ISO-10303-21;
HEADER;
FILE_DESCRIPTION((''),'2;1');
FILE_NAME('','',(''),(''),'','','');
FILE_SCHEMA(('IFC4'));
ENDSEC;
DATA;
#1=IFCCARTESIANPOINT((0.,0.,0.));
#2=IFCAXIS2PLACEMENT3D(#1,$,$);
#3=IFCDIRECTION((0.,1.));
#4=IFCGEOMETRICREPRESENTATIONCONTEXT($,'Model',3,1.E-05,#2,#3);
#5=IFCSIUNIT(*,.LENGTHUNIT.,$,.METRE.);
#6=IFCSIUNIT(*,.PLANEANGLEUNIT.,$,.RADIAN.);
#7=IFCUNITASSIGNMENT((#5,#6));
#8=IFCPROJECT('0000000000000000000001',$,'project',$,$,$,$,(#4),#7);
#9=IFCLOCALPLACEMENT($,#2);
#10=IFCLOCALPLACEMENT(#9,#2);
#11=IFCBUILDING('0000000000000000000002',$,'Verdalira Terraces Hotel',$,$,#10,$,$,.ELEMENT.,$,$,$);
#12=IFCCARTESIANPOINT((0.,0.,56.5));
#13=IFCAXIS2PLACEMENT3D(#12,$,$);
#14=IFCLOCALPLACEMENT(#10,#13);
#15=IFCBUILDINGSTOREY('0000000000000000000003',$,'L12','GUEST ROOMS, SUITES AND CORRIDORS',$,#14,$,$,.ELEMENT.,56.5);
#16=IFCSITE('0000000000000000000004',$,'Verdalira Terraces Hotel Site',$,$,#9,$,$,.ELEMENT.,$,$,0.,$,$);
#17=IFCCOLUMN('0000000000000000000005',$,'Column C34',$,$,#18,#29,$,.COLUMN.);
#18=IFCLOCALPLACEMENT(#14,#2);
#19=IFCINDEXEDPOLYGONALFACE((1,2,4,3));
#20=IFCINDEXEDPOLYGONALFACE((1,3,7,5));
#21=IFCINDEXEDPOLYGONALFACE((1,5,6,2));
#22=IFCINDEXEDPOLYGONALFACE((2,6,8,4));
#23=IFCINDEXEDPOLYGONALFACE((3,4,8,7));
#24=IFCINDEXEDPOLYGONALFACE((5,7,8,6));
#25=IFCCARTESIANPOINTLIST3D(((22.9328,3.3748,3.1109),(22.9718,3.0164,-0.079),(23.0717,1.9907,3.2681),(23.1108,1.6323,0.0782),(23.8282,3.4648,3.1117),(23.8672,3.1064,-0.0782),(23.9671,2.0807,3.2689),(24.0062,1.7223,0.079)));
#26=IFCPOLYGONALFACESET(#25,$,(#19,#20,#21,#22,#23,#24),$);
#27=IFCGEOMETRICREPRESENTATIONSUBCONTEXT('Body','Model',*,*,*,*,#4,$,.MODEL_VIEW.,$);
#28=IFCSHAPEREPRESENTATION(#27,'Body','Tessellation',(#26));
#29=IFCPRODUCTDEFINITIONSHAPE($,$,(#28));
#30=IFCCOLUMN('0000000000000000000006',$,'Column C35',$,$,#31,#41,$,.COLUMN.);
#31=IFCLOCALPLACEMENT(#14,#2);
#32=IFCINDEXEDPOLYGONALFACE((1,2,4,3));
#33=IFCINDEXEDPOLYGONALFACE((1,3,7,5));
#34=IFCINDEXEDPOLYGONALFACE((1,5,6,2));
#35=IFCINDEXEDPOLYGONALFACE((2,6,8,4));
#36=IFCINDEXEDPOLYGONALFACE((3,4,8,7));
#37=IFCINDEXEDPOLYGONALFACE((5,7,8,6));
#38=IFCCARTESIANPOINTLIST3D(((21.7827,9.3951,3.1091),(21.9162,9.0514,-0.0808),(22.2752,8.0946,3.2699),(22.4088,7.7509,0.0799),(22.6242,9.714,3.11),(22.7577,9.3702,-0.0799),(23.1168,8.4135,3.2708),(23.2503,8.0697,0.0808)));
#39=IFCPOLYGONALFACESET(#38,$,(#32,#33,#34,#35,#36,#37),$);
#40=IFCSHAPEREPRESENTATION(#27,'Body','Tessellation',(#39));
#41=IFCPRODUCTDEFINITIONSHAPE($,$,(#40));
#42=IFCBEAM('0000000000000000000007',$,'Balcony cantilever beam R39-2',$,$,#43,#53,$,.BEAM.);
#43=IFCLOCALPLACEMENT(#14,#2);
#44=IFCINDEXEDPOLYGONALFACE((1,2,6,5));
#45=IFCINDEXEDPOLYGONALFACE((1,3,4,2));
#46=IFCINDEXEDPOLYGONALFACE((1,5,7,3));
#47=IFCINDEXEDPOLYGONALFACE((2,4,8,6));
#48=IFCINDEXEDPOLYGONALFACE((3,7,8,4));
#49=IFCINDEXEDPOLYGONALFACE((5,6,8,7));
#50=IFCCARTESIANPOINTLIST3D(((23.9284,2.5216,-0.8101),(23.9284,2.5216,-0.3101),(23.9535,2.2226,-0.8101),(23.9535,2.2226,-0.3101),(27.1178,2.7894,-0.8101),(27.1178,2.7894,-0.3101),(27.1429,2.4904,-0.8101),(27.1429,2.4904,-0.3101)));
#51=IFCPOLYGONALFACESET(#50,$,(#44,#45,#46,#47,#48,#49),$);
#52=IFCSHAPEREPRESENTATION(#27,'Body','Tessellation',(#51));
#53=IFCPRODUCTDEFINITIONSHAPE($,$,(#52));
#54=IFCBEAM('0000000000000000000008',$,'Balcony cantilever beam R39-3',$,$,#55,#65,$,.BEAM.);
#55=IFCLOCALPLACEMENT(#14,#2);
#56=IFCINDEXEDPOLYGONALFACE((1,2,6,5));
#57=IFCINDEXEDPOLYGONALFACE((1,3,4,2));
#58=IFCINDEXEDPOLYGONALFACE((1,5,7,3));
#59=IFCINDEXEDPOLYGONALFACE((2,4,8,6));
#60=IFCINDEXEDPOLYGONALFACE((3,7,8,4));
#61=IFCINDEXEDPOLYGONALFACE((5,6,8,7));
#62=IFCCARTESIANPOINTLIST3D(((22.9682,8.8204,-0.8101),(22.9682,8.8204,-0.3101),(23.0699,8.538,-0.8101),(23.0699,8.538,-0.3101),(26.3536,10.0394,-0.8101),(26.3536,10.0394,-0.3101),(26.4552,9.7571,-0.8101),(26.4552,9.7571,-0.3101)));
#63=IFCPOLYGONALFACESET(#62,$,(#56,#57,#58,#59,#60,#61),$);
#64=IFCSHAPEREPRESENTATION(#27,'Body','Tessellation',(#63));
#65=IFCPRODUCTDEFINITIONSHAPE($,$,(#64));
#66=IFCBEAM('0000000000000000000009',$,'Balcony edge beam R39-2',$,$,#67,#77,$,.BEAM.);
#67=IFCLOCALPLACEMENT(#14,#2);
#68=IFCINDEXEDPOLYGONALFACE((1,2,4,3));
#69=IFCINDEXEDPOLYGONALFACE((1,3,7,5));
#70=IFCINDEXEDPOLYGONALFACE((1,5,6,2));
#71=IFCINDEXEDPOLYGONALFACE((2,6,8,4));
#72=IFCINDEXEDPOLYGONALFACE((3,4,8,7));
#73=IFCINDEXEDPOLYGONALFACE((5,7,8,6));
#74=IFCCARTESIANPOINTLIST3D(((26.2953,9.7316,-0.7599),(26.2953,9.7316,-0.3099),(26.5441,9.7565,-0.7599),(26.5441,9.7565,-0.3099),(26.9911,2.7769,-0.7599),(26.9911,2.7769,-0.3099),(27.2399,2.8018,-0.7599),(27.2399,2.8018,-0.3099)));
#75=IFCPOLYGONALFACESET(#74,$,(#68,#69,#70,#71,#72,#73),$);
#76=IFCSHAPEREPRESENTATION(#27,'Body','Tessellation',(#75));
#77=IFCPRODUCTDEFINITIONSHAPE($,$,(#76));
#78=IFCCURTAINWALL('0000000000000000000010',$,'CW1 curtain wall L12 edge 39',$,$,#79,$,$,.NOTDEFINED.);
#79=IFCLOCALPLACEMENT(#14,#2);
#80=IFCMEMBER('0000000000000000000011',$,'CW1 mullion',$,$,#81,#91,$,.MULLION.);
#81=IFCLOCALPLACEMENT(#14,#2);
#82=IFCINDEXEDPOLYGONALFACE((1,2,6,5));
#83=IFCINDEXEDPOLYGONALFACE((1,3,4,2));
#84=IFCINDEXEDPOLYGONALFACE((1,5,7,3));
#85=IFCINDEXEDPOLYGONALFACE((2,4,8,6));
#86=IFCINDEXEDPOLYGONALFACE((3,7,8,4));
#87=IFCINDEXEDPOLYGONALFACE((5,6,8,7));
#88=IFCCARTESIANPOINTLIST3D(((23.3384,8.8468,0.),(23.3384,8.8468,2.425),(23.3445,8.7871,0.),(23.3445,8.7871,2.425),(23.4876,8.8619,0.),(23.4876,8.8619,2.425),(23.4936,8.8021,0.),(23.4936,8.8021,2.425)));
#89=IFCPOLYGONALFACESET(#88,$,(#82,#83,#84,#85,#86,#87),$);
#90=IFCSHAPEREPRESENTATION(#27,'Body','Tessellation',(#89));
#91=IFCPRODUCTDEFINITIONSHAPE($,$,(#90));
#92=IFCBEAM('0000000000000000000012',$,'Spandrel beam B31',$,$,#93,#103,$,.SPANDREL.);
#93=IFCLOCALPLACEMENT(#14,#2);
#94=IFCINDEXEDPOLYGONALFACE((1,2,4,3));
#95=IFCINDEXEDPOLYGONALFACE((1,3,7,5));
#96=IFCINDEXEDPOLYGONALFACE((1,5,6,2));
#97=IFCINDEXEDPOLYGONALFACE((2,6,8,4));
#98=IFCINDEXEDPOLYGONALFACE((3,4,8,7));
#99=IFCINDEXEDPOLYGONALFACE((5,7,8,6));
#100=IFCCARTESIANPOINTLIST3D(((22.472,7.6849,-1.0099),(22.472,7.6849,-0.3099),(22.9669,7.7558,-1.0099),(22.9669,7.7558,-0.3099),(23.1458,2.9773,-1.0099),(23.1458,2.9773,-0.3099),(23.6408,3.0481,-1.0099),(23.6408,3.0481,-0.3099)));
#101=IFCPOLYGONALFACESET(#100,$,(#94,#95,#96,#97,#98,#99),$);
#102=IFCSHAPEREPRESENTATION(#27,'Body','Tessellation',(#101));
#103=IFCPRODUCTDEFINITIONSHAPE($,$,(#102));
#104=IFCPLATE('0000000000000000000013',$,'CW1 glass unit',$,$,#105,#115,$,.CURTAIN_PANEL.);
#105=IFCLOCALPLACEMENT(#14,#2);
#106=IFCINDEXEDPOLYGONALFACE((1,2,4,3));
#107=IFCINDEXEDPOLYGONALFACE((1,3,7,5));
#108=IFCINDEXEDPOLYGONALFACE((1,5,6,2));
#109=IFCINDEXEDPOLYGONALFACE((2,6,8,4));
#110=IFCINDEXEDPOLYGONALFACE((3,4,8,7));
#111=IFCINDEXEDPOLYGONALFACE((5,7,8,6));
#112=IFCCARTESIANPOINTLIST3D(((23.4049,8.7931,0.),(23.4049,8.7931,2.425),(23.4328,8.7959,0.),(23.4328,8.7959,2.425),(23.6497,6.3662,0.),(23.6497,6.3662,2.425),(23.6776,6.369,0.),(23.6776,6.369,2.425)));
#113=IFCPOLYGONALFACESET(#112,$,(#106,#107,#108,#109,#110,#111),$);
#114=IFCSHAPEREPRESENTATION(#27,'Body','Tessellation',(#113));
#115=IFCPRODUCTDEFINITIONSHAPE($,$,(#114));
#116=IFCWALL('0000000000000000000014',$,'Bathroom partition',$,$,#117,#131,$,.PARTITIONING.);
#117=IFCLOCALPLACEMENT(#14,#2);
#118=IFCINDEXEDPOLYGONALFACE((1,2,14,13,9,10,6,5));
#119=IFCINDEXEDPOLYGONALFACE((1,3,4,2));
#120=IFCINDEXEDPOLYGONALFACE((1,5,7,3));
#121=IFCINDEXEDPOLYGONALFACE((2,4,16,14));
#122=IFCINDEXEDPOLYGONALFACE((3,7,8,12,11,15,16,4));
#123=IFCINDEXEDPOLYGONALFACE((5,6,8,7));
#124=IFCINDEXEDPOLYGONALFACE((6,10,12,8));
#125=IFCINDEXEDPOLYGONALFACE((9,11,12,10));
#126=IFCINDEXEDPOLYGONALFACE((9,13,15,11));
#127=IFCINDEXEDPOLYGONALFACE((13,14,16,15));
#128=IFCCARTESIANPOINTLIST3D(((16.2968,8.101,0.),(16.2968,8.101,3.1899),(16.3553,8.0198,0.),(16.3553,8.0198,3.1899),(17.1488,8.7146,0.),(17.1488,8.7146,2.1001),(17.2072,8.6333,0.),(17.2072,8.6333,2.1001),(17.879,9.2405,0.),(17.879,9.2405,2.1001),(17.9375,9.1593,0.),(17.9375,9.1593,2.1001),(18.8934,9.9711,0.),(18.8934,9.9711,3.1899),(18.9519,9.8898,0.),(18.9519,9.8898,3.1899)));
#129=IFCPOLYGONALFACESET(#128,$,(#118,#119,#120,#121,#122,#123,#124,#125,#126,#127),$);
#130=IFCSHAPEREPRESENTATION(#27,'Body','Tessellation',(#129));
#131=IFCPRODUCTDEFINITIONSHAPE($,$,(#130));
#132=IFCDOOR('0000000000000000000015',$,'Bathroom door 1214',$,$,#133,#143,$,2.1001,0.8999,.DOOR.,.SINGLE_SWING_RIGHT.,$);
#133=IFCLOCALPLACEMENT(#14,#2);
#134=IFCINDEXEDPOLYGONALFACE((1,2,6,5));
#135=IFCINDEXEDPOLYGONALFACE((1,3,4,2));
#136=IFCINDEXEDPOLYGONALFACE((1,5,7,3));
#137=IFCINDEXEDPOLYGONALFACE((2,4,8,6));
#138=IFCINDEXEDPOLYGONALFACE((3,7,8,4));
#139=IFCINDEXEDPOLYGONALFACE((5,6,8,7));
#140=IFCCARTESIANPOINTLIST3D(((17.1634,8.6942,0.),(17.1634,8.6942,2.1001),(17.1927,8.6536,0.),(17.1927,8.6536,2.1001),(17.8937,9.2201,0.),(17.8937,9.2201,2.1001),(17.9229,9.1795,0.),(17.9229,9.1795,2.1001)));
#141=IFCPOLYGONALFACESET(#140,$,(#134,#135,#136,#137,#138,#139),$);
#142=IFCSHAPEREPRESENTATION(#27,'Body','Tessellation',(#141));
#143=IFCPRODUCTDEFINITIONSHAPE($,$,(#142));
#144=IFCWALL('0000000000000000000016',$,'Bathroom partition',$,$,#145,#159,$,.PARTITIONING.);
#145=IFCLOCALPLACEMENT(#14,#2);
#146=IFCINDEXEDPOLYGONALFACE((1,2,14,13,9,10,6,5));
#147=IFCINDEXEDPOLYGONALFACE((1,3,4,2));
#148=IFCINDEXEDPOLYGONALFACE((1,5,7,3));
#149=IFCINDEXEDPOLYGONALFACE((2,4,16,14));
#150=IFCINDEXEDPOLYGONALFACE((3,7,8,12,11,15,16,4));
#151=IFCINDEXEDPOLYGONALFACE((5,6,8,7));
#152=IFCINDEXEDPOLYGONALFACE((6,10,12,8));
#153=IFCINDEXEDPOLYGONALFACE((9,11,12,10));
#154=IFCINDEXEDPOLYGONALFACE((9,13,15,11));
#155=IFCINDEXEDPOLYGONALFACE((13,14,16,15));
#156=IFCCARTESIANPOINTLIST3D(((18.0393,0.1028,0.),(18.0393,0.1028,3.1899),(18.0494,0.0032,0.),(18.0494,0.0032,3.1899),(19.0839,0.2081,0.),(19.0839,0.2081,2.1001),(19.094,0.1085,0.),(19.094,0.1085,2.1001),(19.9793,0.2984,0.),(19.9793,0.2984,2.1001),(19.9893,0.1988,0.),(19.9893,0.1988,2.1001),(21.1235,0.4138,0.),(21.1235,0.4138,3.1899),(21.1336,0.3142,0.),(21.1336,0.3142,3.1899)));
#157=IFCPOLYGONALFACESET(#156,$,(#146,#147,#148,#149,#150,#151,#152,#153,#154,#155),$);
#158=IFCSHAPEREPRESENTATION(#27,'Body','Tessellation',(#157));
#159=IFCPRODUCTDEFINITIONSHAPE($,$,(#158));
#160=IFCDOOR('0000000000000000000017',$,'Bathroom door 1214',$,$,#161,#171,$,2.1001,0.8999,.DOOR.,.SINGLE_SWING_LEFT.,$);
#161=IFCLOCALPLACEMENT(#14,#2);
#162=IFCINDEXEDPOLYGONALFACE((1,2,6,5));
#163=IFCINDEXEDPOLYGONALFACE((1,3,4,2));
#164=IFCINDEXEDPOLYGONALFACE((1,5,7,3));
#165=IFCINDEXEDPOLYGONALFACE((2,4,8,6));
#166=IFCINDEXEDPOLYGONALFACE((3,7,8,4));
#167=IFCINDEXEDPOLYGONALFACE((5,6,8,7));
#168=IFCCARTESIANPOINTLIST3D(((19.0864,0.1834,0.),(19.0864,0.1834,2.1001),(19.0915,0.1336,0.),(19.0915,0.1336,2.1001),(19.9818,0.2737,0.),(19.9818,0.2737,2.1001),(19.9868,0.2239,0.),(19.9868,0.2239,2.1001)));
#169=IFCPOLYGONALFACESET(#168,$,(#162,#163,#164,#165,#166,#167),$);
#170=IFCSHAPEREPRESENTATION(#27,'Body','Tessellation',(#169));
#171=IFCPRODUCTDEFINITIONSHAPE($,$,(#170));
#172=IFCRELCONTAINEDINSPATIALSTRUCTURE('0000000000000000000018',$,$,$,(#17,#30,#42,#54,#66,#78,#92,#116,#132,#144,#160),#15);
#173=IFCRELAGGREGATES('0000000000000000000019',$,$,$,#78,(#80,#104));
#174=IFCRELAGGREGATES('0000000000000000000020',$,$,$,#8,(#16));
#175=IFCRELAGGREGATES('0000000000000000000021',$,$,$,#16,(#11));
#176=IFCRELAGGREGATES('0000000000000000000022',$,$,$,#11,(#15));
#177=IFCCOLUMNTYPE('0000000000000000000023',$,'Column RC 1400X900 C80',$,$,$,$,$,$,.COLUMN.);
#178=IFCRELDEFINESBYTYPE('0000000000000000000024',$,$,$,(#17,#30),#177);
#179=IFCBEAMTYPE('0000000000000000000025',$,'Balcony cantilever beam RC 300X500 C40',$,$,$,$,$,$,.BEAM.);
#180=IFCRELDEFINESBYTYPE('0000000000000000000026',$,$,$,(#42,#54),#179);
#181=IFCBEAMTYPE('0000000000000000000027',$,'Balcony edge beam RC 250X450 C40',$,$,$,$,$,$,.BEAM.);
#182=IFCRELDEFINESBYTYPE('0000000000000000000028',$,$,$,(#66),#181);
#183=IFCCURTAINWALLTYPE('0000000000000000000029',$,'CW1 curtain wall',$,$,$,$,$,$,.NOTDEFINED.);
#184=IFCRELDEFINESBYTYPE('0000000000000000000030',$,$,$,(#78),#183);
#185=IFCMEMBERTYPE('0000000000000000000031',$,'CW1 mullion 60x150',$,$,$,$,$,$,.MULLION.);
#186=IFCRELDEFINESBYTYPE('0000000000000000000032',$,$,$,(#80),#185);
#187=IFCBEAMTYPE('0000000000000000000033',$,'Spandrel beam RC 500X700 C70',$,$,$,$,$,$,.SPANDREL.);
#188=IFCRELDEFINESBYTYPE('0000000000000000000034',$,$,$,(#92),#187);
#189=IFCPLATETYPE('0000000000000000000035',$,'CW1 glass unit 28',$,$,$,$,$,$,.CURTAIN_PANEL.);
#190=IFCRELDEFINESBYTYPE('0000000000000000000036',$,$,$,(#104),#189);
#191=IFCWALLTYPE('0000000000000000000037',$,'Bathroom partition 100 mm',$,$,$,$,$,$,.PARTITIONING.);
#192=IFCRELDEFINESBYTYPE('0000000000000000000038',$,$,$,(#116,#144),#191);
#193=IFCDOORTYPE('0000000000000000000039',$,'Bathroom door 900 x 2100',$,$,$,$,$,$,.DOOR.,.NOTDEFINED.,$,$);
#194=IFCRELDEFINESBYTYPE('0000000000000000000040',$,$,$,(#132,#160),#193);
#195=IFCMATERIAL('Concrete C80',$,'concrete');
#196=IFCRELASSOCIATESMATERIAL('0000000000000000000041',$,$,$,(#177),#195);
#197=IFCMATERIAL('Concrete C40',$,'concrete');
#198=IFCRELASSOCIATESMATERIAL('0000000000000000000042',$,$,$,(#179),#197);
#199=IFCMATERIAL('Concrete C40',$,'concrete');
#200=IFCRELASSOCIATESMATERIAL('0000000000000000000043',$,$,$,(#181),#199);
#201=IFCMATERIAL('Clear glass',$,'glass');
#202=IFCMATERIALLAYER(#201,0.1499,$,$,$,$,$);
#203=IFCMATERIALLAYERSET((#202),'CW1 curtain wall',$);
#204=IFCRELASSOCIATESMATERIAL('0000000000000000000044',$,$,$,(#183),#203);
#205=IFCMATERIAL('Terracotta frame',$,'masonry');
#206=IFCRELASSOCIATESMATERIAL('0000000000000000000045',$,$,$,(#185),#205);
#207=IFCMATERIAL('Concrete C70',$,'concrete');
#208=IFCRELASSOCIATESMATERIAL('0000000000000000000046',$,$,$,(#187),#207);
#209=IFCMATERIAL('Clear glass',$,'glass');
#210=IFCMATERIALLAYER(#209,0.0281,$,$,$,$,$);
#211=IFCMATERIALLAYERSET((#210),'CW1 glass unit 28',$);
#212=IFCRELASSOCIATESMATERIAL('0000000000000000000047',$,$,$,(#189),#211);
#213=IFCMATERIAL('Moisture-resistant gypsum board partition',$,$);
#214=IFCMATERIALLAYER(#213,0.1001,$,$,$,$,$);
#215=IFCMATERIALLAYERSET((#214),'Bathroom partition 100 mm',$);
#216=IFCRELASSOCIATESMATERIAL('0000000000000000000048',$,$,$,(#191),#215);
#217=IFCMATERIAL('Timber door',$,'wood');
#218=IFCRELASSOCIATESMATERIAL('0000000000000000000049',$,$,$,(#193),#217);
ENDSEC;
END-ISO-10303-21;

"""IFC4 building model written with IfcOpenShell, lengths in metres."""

from ifc_helpers import new_model, si_unit, direction, frame, frame_2d, origin, origin_2d, place, context, subcontext, project, spatial, rectangle, extrude, material, layer, layer_set, material_profile, profile_set, type_object, element, fill, aggregate, save


model = new_model("IFC4")

# Units and contexts
model_context = context("Model", 3, precision=1e-05, world=origin(), true_north=direction((0.0, 1.0)))
body_context = subcontext(model_context, "Body", "Model", "MODEL_VIEW")
ifc_project = project(units=[si_unit("LENGTHUNIT", "METRE"), si_unit("PLANEANGLEUNIT", "RADIAN")], contexts=[model_context])

# Site, building, storey
site_placement = place(None, origin())
site = spatial("IfcSite", under=ifc_project, at=site_placement, Name="Verdalira Terraces Hotel Site", CompositionType="ELEMENT", RefElevation=0.0)
building_placement = place(site_placement, origin())
building = spatial("IfcBuilding", under=site, at=building_placement, Name="Verdalira Terraces Hotel", CompositionType="ELEMENT")
storey_placement = place(building_placement, frame((0.0, 0.0, 56.5)))
storey = spatial("IfcBuildingStorey", under=building, at=storey_placement, Name="L12", Description="GUEST ROOMS, SUITES AND CORRIDORS", CompositionType="ELEMENT", Elevation=56.5)

# Columns
ifc_material_1 = material(Name="Concrete C80", Category="concrete")
ifc_material_profile_1 = material_profile(ifc_material_1, rectangle(XDim=1.3999, YDim=0.8999, at=origin_2d()), Name="RC 1400X900")
ifc_profile_set_1 = profile_set([ifc_material_profile_1], Name="Concrete C80")
column_type = type_object("IfcColumnType", Name="Column RC 1400X900 C80", PredefinedType="COLUMN", material=ifc_profile_set_1)
column_1_placement = place(storey_placement, frame((23.489, 2.3694, 0.0), z_axis=(-0.012168, 0.111642, 0.993674), x_axis=(-0.099279, 0.988702, -0.112299)))
element("IfcColumn", 1, at=column_1_placement, inside=storey, type_object=column_type, Name="Column C34", PredefinedType="COLUMN", context=body_context, shape_type="SweptSolid", body=[
    extrude(rectangle(XDim=1.3999, YDim=0.8999, at=origin_2d()), origin(), (0.0, 0.0, 1.0), 3.2102),
])
column_2_placement = place(storey_placement, frame((22.5833, 8.5605, 0.0), z_axis=(-0.041587, 0.107048, 0.993384), x_axis=(0.351857, -0.928983, 0.114838)))
element("IfcColumn", 2, at=column_2_placement, inside=storey, type_object=column_type, Name="Column C35", PredefinedType="COLUMN", context=body_context, shape_type="SweptSolid", body=[
    extrude(rectangle(XDim=1.3999, YDim=0.8999, at=origin_2d()), origin(), (0.0, 0.0, 1.0), 3.2112),
])

# Beams
ifc_material_2 = material(Name="Concrete C40", Category="concrete")
ifc_material_profile_2 = material_profile(ifc_material_2, rectangle(XDim=0.3, YDim=0.5, at=origin_2d()), Name="RC 300X500")
ifc_profile_set_2 = profile_set([ifc_material_profile_2], Name="Concrete C40")
beam_type_1 = type_object("IfcBeamType", Name="Balcony cantilever beam RC 300X500 C40", PredefinedType="BEAM", material=ifc_profile_set_2)
beam_1_placement = place(storey_placement, frame((23.9409, 2.3721, -0.5601), z_axis=(0.996493, 0.083677, 0.0), x_axis=(-0.083677, 0.996493, 0.0)))
element("IfcBeam", 3, at=beam_1_placement, inside=storey, type_object=beam_type_1, Name="Balcony cantilever beam R39-2", PredefinedType="BEAM", context=body_context, shape_type="SweptSolid", body=[
    extrude(rectangle(XDim=0.3, YDim=0.5, at=origin_2d()), origin(), (0.0, 0.0, 1.0), 3.2007),
])
beam_2_placement = place(storey_placement, frame((23.019, 8.6792, -0.5601), z_axis=(0.940861, 0.338794, 0.0), x_axis=(-0.338794, 0.940861, 0.0)))
element("IfcBeam", 4, at=beam_2_placement, inside=storey, type_object=beam_type_1, Name="Balcony cantilever beam R39-3", PredefinedType="BEAM", context=body_context, shape_type="SweptSolid", body=[
    extrude(rectangle(XDim=0.3, YDim=0.5, at=origin_2d()), origin(), (0.0, 0.0, 1.0), 3.5981),
])
ifc_material_3 = material(Name="Concrete C40", Category="concrete")
ifc_material_profile_3 = material_profile(ifc_material_3, rectangle(XDim=0.25, YDim=0.45, at=origin_2d()), Name="RC 250X450")
ifc_profile_set_3 = profile_set([ifc_material_profile_3], Name="Concrete C40")
beam_type_2 = type_object("IfcBeamType", Name="Balcony edge beam RC 250X450 C40", PredefinedType="BEAM", material=ifc_profile_set_3)
beam_3_placement = place(storey_placement, frame((27.1155, 2.7893, -0.5349), z_axis=(-0.099549, 0.995033, 0.0), x_axis=(-0.995033, -0.099549, 0.0)))
element("IfcBeam", 5, at=beam_3_placement, inside=storey, type_object=beam_type_2, Name="Balcony edge beam R39-2", PredefinedType="BEAM", context=body_context, shape_type="SweptSolid", body=[
    extrude(rectangle(XDim=0.25, YDim=0.45, at=origin_2d()), origin(), (0.0, 0.0, 1.0), 6.9895),
])

# Curtain wall, member
ifc_material_4 = material(Name="Clear glass", Category="glass")
ifc_layer_1 = layer(ifc_material_4, 0.1499)
ifc_layer_set_1 = layer_set([ifc_layer_1], Name="CW1 curtain wall")
curtain_wall_type = type_object("IfcCurtainWallType", Name="CW1 curtain wall", PredefinedType="NOTDEFINED", material=ifc_layer_set_1)
curtain_wall_placement = place(storey_placement, origin())
curtain_wall = element("IfcCurtainWall", 6, at=curtain_wall_placement, inside=storey, type_object=curtain_wall_type, Name="CW1 curtain wall L12 edge 39", PredefinedType="NOTDEFINED")
ifc_material_5 = material(Name="Terracotta frame", Category="masonry")
ifc_material_profile_4 = material_profile(ifc_material_5, rectangle(XDim=0.0601, YDim=0.1499, at=origin_2d()), Name="MU 60x150")
ifc_profile_set_4 = profile_set([ifc_material_profile_4], Name="Terracotta frame")
member_type = type_object("IfcMemberType", Name="CW1 mullion 60x150", PredefinedType="MULLION", material=ifc_profile_set_4)
member_placement = place(storey_placement, frame((23.416, 8.8245, 0.0), z_axis=(0.0, 0.0, 1.0), x_axis=(-0.100362, 0.994951, 0.0)))
member = element("IfcMember", 7, at=member_placement, type_object=member_type, Name="CW1 mullion", PredefinedType="MULLION", context=body_context, shape_type="SweptSolid", body=[
    extrude(rectangle(XDim=0.0601, YDim=0.1499, at=origin_2d()), origin(), (0.0, 0.0, 1.0), 2.425),
])

# Beam
ifc_material_6 = material(Name="Concrete C70", Category="concrete")
ifc_material_profile_5 = material_profile(ifc_material_6, rectangle(XDim=0.5, YDim=0.7, at=origin_2d()), Name="RC 500X700")
ifc_profile_set_5 = profile_set([ifc_material_profile_5], Name="Concrete C70")
beam_type_3 = type_object("IfcBeamType", Name="Spandrel beam RC 500X700 C70", PredefinedType="SPANDREL", material=ifc_profile_set_5)
beam_4_placement = place(storey_placement, frame((23.3933, 3.0127, -0.6599), z_axis=(-0.141694, 0.98991, 0.0), x_axis=(-0.98991, -0.141694, 0.0)))
element("IfcBeam", 8, at=beam_4_placement, inside=storey, type_object=beam_type_3, Name="Spandrel beam B31", PredefinedType="SPANDREL", context=body_context, shape_type="SweptSolid", body=[
    extrude(rectangle(XDim=0.5, YDim=0.7, at=origin_2d()), origin(), (0.0, 0.0, 1.0), 4.7556),
])

# Plate
ifc_material_7 = material(Name="Clear glass", Category="glass")
ifc_layer_2 = layer(ifc_material_7, 0.0281)
ifc_layer_set_2 = layer_set([ifc_layer_2], Name="CW1 glass unit 28")
plate_type = type_object("IfcPlateType", Name="CW1 glass unit 28", PredefinedType="CURTAIN_PANEL", material=ifc_layer_set_2)
plate_placement = place(storey_placement, frame((23.5413, 7.5811, 0.0), z_axis=(0.0, 0.0, 1.0), x_axis=(-0.100362, 0.994951, 0.0)))
plate = element("IfcPlate", 9, at=plate_placement, type_object=plate_type, Name="CW1 glass unit", PredefinedType="CURTAIN_PANEL", context=body_context, shape_type="SweptSolid", body=[
    extrude(rectangle(XDim=2.4392, YDim=0.0281, at=origin_2d()), origin(), (0.0, 0.0, 1.0), 2.425),
])
aggregate(curtain_wall, [member, plate])

# Walls, openings, doors
ifc_material_8 = material(Name="Moisture-resistant gypsum board partition")
ifc_layer_3 = layer(ifc_material_8, 0.1001)
ifc_layer_set_3 = layer_set([ifc_layer_3], Name="Bathroom partition 100 mm")
wall_type_1 = type_object("IfcWallType", Name="Bathroom partition 100 mm", PredefinedType="PARTITIONING", material=ifc_layer_set_3)
wall_1_placement = place(storey_placement, frame((16.3259, 8.0603, 0.0), z_axis=(0.0, 0.0, 1.0), x_axis=(0.811459, 0.584409, 0.0)))
wall_1 = element("IfcWall", 10, at=wall_1_placement, inside=storey, type_object=wall_type_1, Name="Bathroom partition", PredefinedType="PARTITIONING", context=body_context, shape_type="SweptSolid", body=[
    extrude(rectangle(XDim=3.2, YDim=0.1001, at=frame_2d((1.6001, 0.0))), origin(), (0.0, 0.0, 1.0), 3.1899),
])
opening_1_placement = place(wall_1_placement, frame((1.05, 0.0, 0.0)))
opening_1 = element("IfcOpeningElement", 11, at=opening_1_placement, cuts=wall_1, PredefinedType="OPENING", context=body_context, shape_type="SweptSolid", body=[
    extrude(rectangle(XDim=0.8999, YDim=2.1001, at=frame_2d((0.45, 1.05))), frame((0.0, 0.0601, 0.0), z_axis=(0.0, -1.0, 0.0), x_axis=(1.0, 0.0, 0.0)), (0.0, 0.0, 1.0), 0.1201),
])
ifc_material_9 = material(Name="Timber door", Category="wood")
door_type_1 = type_object("IfcDoorType", Name="Bathroom door 900 x 2100", OperationType="NOTDEFINED", PredefinedType="DOOR", material=ifc_material_9)
door_1_placement = place(opening_1_placement, origin())
door_1 = element("IfcDoor", 12, at=door_1_placement, inside=storey, type_object=door_type_1, Name="Bathroom door 1214", OperationType="SINGLE_SWING_RIGHT", OverallHeight=2.1001, OverallWidth=0.8999, PredefinedType="DOOR", context=body_context, shape_type="SweptSolid", body=[
    extrude(rectangle(XDim=0.8999, YDim=2.1001, at=frame_2d((0.45, 1.05))), frame((0.0, 0.0249, 0.0), z_axis=(0.0, -1.0, 0.0), x_axis=(1.0, 0.0, 0.0)), (0.0, 0.0, 1.0), 0.05),
])
fill(opening_1, door_1)
wall_2_placement = place(storey_placement, frame((21.1284, 0.364, 0.0), z_axis=(0.0, 0.0, 1.0), x_axis=(-0.994953, -0.100338, 0.0)))
wall_2 = element("IfcWall", 13, at=wall_2_placement, inside=storey, type_object=wall_type_1, Name="Bathroom partition", PredefinedType="PARTITIONING", context=body_context, shape_type="SweptSolid", body=[
    extrude(rectangle(XDim=3.0999, YDim=0.1001, at=frame_2d((1.5498, 0.0))), origin(), (0.0, 0.0, 1.0), 3.1899),
])
opening_2_placement = place(wall_2_placement, frame((1.1499, 0.0, 0.0)))
opening_2 = element("IfcOpeningElement", 14, at=opening_2_placement, cuts=wall_2, PredefinedType="OPENING", context=body_context, shape_type="SweptSolid", body=[
    extrude(rectangle(XDim=0.8999, YDim=2.1001, at=frame_2d((0.45, 1.05))), frame((0.0, 0.0601, 0.0), z_axis=(0.0, -1.0, 0.0), x_axis=(1.0, 0.0, 0.0)), (0.0, 0.0, 1.0), 0.1201),
])
door_2_placement = place(opening_2_placement, origin())
door_2 = element("IfcDoor", 15, at=door_2_placement, inside=storey, type_object=door_type_1, Name="Bathroom door 1214", OperationType="SINGLE_SWING_LEFT", OverallHeight=2.1001, OverallWidth=0.8999, PredefinedType="DOOR", context=body_context, shape_type="SweptSolid", body=[
    extrude(rectangle(XDim=0.8999, YDim=2.1001, at=frame_2d((0.45, 1.05))), frame((0.0, 0.0249, 0.0), z_axis=(0.0, -1.0, 0.0), x_axis=(1.0, 0.0, 0.0)), (0.0, 0.0, 1.0), 0.05),
])
fill(opening_2, door_2)

save(model, "model.ifc")
